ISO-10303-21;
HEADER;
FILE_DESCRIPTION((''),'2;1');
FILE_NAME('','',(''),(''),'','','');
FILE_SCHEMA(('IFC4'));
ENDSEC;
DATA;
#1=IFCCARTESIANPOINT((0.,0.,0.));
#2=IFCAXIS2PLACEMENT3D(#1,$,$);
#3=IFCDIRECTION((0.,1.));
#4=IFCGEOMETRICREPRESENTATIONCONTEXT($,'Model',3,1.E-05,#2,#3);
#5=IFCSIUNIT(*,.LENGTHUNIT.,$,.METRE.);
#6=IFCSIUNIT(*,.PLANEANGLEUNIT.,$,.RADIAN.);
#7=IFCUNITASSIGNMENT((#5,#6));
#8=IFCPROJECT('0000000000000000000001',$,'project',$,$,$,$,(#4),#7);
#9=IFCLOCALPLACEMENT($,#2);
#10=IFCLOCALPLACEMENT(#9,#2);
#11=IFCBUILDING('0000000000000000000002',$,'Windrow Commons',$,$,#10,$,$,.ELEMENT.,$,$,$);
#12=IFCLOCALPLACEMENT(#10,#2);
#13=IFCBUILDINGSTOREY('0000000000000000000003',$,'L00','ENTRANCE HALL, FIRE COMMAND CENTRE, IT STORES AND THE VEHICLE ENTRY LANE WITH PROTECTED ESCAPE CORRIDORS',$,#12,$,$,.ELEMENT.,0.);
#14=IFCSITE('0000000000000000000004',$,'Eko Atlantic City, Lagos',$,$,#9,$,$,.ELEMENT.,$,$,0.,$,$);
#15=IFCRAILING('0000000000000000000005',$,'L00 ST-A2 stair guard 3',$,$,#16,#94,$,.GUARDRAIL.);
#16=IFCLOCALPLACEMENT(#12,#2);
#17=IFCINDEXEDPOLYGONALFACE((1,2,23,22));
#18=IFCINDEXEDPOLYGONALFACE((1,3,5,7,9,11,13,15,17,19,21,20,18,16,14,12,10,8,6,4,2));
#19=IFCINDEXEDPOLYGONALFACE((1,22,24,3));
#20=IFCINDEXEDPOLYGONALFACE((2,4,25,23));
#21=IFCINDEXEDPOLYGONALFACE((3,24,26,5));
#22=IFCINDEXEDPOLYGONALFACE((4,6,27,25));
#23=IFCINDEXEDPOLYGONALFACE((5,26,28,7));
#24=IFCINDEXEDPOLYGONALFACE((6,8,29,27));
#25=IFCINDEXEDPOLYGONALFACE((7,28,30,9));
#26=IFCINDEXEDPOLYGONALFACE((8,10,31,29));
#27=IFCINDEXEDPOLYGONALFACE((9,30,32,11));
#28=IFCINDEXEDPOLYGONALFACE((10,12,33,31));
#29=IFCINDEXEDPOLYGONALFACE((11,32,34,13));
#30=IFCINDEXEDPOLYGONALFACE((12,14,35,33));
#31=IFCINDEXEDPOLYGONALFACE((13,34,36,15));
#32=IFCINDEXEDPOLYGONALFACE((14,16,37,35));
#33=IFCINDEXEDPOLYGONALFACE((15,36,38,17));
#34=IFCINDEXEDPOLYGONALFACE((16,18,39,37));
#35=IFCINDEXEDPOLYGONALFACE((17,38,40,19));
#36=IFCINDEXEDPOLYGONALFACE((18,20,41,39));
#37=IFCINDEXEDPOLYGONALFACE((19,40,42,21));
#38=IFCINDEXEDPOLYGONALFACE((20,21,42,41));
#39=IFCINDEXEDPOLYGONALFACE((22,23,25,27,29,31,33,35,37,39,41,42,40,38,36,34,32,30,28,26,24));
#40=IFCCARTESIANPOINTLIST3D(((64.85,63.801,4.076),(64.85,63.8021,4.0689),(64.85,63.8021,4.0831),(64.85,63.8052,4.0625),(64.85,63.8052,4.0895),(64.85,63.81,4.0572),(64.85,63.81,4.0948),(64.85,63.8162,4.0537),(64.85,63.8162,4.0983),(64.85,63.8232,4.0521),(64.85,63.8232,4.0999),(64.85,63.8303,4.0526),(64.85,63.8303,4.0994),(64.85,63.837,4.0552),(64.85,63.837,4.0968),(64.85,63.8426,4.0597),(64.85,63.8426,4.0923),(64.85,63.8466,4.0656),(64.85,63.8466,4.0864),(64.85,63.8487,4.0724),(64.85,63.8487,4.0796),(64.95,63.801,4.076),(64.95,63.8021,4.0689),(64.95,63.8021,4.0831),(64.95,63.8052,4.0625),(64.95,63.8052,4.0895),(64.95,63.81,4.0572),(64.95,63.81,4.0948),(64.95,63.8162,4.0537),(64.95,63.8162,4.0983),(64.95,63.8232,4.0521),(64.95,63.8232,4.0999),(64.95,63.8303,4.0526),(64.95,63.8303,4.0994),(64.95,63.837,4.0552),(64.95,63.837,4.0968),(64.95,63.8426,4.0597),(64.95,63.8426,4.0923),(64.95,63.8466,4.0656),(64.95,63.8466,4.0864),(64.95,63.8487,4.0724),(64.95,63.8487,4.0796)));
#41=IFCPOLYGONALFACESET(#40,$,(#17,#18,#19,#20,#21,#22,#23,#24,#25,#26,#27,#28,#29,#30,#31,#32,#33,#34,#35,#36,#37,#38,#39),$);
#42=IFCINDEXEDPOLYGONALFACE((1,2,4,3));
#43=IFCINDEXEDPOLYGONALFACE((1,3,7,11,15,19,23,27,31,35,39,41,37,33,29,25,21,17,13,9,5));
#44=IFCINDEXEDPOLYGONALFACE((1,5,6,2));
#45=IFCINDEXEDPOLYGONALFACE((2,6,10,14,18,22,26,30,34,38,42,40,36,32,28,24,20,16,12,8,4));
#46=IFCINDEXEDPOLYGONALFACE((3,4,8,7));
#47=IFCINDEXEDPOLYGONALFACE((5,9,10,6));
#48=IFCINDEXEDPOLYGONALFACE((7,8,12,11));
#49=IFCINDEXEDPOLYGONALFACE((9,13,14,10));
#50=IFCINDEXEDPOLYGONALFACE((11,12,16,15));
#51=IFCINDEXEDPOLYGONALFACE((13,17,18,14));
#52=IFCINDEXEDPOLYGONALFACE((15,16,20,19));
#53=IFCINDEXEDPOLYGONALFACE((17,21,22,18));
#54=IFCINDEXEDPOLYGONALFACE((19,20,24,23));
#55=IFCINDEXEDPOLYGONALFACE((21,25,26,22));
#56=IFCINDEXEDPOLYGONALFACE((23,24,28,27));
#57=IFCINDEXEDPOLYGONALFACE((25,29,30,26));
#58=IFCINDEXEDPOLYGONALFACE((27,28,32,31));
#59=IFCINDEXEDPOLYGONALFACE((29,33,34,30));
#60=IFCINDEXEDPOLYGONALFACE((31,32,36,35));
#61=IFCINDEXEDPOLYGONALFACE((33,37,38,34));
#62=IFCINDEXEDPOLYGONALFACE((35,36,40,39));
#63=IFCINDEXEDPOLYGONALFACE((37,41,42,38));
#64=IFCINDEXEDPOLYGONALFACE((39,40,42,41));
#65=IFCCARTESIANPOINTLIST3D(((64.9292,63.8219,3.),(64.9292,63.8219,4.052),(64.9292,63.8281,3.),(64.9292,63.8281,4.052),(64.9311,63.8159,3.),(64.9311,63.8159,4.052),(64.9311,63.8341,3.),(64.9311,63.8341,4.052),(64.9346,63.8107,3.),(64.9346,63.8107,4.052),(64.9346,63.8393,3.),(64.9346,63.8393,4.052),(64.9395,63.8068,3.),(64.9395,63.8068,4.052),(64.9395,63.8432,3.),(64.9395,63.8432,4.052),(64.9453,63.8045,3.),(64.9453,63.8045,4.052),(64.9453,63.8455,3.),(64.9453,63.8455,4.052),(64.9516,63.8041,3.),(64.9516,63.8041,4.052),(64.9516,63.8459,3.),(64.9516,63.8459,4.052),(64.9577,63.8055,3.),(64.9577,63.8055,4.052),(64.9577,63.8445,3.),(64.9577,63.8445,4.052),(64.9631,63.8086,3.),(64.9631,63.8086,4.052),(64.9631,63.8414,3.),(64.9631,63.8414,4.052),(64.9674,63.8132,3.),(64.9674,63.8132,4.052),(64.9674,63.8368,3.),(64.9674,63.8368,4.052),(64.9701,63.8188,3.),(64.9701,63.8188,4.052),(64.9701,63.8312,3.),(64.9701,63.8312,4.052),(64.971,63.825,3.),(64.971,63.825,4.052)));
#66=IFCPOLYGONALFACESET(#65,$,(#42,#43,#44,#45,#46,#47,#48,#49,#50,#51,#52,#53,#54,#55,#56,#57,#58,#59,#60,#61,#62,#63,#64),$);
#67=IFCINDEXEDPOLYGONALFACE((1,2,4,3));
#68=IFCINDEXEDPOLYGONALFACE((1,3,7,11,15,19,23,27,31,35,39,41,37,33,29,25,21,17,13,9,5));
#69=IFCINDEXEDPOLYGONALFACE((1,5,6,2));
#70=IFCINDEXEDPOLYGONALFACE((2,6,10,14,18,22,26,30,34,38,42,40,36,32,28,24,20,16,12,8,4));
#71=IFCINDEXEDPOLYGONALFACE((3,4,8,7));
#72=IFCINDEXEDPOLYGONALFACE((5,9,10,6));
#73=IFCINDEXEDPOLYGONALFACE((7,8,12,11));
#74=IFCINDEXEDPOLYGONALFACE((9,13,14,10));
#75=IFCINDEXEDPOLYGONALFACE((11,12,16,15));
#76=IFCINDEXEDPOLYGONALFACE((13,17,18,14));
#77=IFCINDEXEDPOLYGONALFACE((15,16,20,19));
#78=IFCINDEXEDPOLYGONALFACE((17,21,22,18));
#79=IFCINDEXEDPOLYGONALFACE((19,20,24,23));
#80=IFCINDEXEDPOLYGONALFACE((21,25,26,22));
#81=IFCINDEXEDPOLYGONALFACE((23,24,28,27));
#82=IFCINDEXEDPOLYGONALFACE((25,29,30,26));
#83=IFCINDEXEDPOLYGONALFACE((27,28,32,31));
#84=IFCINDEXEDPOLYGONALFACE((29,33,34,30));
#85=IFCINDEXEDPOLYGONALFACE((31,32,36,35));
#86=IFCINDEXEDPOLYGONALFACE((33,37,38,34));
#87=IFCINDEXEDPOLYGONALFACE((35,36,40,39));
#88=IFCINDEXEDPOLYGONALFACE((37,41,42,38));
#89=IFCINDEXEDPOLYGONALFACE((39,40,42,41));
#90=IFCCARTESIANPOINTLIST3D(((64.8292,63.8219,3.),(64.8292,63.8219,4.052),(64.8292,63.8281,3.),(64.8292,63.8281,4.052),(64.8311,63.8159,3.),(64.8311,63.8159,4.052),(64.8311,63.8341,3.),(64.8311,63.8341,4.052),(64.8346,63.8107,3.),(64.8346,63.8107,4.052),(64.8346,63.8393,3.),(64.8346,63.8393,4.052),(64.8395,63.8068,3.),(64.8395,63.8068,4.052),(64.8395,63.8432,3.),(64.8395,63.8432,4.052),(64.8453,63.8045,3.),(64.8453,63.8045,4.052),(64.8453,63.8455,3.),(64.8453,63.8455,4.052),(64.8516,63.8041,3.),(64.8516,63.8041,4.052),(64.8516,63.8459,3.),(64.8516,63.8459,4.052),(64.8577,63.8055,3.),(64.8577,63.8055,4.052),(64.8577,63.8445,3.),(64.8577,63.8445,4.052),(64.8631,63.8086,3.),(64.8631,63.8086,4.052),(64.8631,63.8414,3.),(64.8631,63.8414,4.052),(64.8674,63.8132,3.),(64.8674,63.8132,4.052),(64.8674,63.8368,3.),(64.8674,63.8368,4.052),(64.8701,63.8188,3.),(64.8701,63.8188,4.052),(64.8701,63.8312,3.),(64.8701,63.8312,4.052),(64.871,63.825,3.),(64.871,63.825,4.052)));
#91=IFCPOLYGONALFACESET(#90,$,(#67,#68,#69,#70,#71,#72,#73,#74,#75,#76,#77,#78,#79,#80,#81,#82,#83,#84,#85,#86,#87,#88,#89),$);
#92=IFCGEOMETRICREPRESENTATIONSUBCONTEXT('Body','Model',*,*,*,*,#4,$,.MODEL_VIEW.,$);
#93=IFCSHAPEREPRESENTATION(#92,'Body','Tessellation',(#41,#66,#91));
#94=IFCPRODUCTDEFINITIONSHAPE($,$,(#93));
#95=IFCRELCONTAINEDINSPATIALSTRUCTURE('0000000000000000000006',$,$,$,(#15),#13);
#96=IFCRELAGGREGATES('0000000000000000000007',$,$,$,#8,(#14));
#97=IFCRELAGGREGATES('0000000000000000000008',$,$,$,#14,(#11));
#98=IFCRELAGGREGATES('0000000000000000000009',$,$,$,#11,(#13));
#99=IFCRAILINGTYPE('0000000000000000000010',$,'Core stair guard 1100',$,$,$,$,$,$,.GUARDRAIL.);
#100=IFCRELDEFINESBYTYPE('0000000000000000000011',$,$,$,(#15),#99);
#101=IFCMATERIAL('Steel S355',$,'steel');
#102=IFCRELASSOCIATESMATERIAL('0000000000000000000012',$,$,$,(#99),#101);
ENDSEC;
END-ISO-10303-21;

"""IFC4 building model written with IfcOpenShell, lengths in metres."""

from ifc_helpers import new_model, si_unit, direction, frame, origin, origin_2d, place, context, subcontext, project, spatial, circle, extrude, material, type_object, element, save


model = new_model("IFC4")

# Units and contexts
model_context = context("Model", 3, precision=1e-05, world=origin(), true_north=direction((0.0, 1.0)))
body_context = subcontext(model_context, "Body", "Model", "MODEL_VIEW")
ifc_project = project(units=[si_unit("LENGTHUNIT", "METRE"), si_unit("PLANEANGLEUNIT", "RADIAN")], contexts=[model_context])

# Site, building, storey
site_placement = place(None, origin())
site = spatial("IfcSite", under=ifc_project, at=site_placement, Name="Eko Atlantic City, Lagos", CompositionType="ELEMENT", RefElevation=0.0)
building_placement = place(site_placement, origin())
building = spatial("IfcBuilding", under=site, at=building_placement, Name="Windrow Commons", CompositionType="ELEMENT")
storey_placement = place(building_placement, origin())
storey = spatial("IfcBuildingStorey", under=building, at=storey_placement, Name="L00", Description="ENTRANCE HALL, FIRE COMMAND CENTRE, IT STORES AND THE VEHICLE ENTRY LANE WITH PROTECTED ESCAPE CORRIDORS", CompositionType="ELEMENT", Elevation=0.0)

# Railing
ifc_material_1 = material(Name="Steel S355", Category="steel")
railing_type_1 = type_object("IfcRailingType", Name="Core stair guard 1100", PredefinedType="GUARDRAIL", material=ifc_material_1)
railing_1_placement = place(storey_placement, frame((64.95, 63.825, 3.0)))
element("IfcRailing", 1, at=railing_1_placement, inside=storey, type_object=railing_type_1, Name="L00 ST-A2 stair guard 3", PredefinedType="GUARDRAIL", context=body_context, shape_type="SweptSolid", body=[
    extrude(circle(Radius=0.024, at=origin_2d()), frame((0.0, 0.0, 1.076), z_axis=(-1.0, 0.0, 0.0), x_axis=(0.0, -1.0, 0.0)), (0.0, 0.0, 1.0), 0.1),
    extrude(circle(Radius=0.021, at=origin_2d()), origin(), (0.0, 0.0, 1.0), 1.052),
    extrude(circle(Radius=0.021, at=origin_2d()), frame((-0.1, 0.0, 0.0)), (0.0, 0.0, 1.0), 1.052),
])

save(model, "model.ifc")
